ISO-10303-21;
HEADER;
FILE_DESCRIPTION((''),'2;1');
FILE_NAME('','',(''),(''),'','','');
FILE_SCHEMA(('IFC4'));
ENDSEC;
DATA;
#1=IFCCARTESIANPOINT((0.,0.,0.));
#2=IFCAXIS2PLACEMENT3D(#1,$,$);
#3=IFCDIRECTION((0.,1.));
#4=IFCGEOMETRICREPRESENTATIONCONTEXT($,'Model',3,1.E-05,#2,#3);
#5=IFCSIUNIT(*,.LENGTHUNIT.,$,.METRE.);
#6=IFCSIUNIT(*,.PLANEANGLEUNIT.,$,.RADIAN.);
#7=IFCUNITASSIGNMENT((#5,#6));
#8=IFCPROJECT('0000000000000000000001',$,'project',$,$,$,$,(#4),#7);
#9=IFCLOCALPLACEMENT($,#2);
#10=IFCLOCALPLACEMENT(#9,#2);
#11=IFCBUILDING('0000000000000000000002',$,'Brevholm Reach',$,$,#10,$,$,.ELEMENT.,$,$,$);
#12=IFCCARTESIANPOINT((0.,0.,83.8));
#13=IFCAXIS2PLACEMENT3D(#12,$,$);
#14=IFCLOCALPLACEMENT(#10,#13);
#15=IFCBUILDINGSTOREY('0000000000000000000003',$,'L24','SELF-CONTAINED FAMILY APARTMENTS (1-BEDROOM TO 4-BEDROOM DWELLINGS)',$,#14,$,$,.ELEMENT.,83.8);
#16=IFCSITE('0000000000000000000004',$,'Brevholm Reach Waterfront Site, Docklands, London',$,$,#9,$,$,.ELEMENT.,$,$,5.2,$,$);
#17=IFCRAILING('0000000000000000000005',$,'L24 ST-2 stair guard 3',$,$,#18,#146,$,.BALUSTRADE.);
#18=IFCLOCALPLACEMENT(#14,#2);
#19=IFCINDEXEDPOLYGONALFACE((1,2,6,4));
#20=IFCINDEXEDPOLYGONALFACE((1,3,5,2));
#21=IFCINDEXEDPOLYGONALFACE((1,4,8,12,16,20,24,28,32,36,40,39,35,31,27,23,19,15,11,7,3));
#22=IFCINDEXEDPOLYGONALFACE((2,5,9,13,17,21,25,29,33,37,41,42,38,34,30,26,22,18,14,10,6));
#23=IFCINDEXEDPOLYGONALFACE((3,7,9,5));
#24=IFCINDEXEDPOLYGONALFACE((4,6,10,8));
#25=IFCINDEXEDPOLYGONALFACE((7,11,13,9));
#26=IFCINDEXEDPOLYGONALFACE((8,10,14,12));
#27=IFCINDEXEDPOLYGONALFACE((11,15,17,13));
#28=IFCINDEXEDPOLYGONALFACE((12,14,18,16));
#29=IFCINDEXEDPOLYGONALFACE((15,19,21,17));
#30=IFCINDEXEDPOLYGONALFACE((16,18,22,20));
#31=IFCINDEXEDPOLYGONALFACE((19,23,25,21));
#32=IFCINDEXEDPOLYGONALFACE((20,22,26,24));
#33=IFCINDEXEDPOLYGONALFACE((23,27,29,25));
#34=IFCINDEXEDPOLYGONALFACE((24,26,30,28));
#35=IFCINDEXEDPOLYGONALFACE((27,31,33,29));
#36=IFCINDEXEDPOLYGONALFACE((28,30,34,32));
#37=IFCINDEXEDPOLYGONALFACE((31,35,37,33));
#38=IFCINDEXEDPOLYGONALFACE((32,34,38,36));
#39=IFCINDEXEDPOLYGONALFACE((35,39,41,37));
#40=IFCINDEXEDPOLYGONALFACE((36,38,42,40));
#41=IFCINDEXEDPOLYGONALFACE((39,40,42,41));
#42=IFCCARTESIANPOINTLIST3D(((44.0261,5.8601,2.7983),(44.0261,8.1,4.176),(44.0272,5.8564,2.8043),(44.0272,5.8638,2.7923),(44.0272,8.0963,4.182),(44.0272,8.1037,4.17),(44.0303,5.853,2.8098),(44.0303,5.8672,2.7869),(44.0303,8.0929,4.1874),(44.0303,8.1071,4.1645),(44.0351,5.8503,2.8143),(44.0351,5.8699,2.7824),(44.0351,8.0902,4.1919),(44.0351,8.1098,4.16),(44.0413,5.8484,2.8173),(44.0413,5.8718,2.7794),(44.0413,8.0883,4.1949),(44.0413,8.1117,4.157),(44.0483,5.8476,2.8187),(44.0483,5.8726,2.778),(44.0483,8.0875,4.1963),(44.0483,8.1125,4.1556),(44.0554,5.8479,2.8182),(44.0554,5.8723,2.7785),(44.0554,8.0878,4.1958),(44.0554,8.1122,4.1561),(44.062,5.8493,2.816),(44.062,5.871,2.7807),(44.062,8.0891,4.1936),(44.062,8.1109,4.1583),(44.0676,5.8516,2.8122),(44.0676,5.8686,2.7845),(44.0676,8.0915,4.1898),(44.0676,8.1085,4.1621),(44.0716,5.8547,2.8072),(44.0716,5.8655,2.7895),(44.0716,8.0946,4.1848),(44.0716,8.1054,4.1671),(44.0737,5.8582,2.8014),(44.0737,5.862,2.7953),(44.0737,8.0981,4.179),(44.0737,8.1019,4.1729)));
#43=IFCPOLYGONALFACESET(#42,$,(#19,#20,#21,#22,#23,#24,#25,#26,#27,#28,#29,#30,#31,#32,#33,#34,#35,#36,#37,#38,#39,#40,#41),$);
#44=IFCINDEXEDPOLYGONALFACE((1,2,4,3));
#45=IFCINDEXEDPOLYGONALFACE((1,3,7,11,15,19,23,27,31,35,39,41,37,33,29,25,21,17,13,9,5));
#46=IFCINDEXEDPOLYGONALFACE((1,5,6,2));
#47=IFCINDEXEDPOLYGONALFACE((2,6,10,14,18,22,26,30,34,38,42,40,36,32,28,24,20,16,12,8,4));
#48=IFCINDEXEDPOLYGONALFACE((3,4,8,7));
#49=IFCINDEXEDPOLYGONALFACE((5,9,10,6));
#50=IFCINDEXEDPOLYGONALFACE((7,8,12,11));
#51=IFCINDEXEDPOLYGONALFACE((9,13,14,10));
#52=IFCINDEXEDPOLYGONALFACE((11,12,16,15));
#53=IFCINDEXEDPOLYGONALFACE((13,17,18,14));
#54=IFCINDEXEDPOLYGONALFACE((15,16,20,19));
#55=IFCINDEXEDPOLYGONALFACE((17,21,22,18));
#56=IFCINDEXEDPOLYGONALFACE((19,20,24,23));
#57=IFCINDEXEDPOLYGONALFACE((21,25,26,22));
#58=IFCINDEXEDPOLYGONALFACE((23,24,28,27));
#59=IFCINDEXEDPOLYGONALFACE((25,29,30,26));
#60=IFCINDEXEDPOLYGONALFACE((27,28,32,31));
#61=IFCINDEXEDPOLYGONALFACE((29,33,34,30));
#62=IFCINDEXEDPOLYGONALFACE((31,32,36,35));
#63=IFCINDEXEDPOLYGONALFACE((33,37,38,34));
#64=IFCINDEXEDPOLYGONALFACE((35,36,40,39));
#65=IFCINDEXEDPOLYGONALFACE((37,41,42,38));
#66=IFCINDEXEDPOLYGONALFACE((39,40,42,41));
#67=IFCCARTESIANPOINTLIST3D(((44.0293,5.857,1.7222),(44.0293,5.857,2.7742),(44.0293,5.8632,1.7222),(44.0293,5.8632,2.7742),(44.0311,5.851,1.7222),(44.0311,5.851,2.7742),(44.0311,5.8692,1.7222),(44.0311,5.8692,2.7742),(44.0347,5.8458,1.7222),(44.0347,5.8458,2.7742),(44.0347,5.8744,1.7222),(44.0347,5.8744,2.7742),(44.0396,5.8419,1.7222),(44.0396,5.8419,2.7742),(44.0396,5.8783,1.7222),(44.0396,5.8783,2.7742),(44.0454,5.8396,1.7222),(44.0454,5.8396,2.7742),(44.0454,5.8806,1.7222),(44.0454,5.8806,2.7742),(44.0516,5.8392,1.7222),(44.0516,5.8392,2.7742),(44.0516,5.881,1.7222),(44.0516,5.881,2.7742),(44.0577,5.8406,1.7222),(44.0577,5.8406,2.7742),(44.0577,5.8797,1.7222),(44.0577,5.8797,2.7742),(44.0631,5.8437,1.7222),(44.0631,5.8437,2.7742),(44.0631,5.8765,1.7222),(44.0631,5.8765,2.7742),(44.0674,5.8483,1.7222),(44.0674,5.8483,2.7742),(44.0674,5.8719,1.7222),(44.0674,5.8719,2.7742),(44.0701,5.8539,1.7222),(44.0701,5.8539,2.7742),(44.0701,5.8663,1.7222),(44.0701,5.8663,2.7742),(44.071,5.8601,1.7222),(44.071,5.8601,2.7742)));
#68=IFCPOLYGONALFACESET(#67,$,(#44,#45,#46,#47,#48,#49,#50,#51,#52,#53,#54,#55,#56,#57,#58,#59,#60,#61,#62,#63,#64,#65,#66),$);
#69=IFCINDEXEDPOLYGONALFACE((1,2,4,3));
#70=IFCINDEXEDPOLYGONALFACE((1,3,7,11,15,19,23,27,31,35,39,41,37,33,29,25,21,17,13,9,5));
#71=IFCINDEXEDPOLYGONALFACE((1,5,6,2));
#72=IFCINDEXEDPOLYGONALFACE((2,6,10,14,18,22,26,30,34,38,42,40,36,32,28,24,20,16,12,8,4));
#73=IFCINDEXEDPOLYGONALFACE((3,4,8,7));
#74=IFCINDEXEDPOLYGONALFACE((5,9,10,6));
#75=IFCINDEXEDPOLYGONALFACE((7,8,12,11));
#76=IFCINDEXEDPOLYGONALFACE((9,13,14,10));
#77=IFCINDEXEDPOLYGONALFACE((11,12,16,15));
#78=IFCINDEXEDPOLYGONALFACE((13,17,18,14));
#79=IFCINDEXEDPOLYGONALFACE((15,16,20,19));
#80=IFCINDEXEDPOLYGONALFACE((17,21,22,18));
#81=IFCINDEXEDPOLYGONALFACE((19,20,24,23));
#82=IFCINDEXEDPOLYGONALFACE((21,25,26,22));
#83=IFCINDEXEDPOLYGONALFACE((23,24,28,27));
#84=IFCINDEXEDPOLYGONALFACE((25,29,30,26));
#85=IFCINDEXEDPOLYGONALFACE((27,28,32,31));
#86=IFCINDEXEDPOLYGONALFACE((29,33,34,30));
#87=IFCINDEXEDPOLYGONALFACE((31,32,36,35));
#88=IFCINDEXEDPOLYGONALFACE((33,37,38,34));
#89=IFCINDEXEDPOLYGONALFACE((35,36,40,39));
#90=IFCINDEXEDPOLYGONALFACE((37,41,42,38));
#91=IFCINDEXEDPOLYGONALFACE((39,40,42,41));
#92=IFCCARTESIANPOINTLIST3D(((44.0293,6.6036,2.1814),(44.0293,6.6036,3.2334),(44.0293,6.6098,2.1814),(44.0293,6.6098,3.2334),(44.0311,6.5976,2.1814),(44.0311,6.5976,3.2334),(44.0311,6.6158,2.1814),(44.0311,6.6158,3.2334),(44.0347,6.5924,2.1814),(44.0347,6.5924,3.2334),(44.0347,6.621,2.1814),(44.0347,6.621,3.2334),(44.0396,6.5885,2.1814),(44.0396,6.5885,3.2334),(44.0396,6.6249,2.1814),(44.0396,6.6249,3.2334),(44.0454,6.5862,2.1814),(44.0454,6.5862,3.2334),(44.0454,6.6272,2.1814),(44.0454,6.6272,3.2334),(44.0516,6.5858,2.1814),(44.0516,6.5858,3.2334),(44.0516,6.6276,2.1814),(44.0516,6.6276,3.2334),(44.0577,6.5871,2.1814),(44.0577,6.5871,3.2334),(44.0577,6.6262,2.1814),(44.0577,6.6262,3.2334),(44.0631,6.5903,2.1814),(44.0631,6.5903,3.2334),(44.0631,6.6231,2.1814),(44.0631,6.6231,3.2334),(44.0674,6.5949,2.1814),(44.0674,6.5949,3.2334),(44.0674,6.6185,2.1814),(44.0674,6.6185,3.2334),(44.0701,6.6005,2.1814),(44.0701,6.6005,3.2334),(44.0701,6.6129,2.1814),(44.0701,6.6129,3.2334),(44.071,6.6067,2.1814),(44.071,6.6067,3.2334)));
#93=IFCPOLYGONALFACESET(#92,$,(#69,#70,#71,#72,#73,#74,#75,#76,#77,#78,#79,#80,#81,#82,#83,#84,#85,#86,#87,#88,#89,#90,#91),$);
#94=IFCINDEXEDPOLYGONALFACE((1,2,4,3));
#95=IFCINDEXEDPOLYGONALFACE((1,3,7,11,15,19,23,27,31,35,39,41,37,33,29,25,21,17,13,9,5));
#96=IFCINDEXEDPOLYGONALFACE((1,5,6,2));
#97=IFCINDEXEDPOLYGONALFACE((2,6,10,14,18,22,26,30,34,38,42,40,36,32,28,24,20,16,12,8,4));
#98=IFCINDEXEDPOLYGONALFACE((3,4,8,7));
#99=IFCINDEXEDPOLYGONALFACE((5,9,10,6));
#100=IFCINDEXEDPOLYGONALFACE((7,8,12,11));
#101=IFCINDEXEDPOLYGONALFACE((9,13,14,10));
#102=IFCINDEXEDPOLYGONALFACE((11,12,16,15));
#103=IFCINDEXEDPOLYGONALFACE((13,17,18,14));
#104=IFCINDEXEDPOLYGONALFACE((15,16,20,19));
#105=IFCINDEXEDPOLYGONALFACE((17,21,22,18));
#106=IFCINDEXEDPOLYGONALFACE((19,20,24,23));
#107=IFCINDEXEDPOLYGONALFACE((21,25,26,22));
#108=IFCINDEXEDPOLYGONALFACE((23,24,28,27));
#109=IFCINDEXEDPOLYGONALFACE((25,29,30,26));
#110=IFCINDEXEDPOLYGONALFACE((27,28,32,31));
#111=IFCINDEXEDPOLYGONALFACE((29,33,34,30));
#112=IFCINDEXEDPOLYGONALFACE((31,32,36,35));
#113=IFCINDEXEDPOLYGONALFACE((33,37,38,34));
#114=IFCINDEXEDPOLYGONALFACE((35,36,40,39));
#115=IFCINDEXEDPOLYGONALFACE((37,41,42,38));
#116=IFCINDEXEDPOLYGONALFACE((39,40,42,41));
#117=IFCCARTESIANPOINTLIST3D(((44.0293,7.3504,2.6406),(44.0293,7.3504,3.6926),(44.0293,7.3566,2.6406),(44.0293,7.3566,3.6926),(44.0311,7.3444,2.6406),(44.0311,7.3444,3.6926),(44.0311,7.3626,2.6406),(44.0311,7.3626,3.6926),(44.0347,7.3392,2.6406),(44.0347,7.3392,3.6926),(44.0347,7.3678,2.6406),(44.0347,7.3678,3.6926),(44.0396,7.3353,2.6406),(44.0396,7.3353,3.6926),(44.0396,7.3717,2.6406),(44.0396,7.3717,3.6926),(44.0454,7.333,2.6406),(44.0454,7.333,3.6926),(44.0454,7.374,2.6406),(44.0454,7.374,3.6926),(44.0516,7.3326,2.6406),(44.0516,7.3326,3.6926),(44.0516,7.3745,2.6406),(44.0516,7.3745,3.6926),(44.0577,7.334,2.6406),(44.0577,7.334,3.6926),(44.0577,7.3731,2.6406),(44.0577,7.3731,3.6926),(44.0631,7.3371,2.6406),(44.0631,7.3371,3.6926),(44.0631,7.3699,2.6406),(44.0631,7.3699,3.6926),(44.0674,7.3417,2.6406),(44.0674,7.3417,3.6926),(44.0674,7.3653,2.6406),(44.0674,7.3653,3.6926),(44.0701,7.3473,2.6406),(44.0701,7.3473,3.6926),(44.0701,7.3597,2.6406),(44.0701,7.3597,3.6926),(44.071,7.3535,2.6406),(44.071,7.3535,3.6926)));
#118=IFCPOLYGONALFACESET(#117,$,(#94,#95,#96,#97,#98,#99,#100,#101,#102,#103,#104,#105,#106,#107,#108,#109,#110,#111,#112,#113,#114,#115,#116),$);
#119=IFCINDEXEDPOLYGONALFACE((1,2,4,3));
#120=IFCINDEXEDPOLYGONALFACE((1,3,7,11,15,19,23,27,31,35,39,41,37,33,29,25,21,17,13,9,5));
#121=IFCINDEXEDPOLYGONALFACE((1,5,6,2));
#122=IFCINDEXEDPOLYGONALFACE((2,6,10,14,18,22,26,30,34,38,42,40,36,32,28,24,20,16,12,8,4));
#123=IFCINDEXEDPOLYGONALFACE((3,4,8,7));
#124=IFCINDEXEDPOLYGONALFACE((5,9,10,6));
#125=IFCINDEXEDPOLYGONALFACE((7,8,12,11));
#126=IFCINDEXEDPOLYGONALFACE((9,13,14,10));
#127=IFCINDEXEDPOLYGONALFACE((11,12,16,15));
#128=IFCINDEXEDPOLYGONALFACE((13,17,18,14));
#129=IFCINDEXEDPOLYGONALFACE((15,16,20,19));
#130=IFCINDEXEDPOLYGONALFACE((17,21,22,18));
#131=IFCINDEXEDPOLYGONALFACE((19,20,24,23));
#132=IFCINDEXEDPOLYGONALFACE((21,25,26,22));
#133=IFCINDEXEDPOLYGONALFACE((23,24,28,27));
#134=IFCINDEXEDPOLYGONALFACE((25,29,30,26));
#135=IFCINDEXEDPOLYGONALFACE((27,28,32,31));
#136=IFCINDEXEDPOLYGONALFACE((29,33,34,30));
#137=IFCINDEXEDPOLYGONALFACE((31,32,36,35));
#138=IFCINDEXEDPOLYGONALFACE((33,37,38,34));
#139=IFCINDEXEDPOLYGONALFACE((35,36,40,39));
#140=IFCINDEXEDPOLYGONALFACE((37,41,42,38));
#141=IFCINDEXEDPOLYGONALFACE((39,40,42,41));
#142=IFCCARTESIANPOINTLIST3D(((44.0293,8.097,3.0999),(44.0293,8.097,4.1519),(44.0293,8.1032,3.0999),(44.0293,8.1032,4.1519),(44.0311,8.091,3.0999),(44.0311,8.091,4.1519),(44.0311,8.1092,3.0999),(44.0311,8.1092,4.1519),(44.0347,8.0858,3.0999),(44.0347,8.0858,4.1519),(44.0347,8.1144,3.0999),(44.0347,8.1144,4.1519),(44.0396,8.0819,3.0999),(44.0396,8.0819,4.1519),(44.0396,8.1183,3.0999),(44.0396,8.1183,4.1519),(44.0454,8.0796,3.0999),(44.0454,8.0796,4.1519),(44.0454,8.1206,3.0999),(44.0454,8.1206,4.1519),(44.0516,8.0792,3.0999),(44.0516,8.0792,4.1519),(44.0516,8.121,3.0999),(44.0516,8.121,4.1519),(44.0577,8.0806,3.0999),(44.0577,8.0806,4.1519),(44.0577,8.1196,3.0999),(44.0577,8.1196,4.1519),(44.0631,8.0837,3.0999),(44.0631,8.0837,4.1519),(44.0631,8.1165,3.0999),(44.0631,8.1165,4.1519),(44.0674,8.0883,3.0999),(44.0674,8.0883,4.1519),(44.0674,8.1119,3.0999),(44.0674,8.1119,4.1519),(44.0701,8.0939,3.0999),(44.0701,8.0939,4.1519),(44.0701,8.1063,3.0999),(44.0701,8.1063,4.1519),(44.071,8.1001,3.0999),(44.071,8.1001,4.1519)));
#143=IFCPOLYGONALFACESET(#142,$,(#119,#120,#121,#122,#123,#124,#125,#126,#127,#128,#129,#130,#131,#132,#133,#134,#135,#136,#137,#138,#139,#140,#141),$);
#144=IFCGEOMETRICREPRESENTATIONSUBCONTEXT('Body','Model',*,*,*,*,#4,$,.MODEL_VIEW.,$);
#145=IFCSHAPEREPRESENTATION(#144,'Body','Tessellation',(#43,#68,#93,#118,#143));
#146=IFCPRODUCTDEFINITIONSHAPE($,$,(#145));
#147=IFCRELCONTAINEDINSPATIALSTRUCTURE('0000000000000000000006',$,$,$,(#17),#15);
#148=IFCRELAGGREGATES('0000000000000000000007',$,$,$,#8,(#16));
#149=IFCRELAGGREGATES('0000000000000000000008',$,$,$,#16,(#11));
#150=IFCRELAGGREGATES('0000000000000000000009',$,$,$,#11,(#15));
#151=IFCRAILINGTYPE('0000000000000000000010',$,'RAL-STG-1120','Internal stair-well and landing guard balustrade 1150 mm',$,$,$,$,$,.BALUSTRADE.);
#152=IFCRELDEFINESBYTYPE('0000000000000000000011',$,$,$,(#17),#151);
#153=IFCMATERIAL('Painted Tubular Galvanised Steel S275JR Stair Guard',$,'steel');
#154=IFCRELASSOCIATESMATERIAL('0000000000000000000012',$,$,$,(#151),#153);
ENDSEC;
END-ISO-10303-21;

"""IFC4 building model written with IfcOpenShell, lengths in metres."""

from ifc_helpers import new_model, si_unit, direction, frame, origin, origin_2d, place, context, subcontext, project, spatial, circle, extrude, material, type_object, element, save


model = new_model("IFC4")

# Units and contexts
model_context = context("Model", 3, precision=1e-05, world=origin(), true_north=direction((0.0, 1.0)))
body_context = subcontext(model_context, "Body", "Model", "MODEL_VIEW")
ifc_project = project(units=[si_unit("LENGTHUNIT", "METRE"), si_unit("PLANEANGLEUNIT", "RADIAN")], contexts=[model_context])

# Site, building, storey
site_placement = place(None, origin())
site = spatial("IfcSite", under=ifc_project, at=site_placement, Name="Brevholm Reach Waterfront Site, Docklands, London", CompositionType="ELEMENT", RefElevation=5.2)
building_placement = place(site_placement, origin())
building = spatial("IfcBuilding", under=site, at=building_placement, Name="Brevholm Reach", CompositionType="ELEMENT")
storey_placement = place(building_placement, frame((0.0, 0.0, 83.8)))
storey = spatial("IfcBuildingStorey", under=building, at=storey_placement, Name="L24", Description="SELF-CONTAINED FAMILY APARTMENTS (1-BEDROOM TO 4-BEDROOM DWELLINGS)", CompositionType="ELEMENT", Elevation=83.8)

# Railing
ifc_material_1 = material(Name="Painted Tubular Galvanised Steel S275JR Stair Guard", Category="steel")
railing_type_1 = type_object("IfcRailingType", Name="RAL-STG-1120", Description="Internal stair-well and landing guard balustrade 1150 mm", PredefinedType="BALUSTRADE", material=ifc_material_1)
railing_1_placement = place(storey_placement, frame((44.05, 5.8601, 1.7222)))
element("IfcRailing", 1, at=railing_1_placement, inside=storey, type_object=railing_type_1, Name="L24 ST-2 stair guard 3", PredefinedType="BALUSTRADE", context=body_context, shape_type="SweptSolid", body=[
    extrude(circle(Radius=0.0239, at=origin_2d()), frame((0.0, 0.0, 1.0762), z_axis=(0.0, 0.851789, 0.523885), x_axis=(-1.0, 0.0, 0.0)), (0.0, 0.0, 1.0), 2.6296),
    extrude(circle(Radius=0.021, at=origin_2d()), origin(), (0.0, 0.0, 1.0), 1.052),
    extrude(circle(Radius=0.021, at=origin_2d()), frame((0.0, 0.7466, 0.4592)), (0.0, 0.0, 1.0), 1.052),
    extrude(circle(Radius=0.021, at=origin_2d()), frame((0.0, 1.4934, 0.9185)), (0.0, 0.0, 1.0), 1.052),
    extrude(circle(Radius=0.021, at=origin_2d()), frame((0.0, 2.24, 1.3777)), (0.0, 0.0, 1.0), 1.052),
])

save(model, "model.ifc")
